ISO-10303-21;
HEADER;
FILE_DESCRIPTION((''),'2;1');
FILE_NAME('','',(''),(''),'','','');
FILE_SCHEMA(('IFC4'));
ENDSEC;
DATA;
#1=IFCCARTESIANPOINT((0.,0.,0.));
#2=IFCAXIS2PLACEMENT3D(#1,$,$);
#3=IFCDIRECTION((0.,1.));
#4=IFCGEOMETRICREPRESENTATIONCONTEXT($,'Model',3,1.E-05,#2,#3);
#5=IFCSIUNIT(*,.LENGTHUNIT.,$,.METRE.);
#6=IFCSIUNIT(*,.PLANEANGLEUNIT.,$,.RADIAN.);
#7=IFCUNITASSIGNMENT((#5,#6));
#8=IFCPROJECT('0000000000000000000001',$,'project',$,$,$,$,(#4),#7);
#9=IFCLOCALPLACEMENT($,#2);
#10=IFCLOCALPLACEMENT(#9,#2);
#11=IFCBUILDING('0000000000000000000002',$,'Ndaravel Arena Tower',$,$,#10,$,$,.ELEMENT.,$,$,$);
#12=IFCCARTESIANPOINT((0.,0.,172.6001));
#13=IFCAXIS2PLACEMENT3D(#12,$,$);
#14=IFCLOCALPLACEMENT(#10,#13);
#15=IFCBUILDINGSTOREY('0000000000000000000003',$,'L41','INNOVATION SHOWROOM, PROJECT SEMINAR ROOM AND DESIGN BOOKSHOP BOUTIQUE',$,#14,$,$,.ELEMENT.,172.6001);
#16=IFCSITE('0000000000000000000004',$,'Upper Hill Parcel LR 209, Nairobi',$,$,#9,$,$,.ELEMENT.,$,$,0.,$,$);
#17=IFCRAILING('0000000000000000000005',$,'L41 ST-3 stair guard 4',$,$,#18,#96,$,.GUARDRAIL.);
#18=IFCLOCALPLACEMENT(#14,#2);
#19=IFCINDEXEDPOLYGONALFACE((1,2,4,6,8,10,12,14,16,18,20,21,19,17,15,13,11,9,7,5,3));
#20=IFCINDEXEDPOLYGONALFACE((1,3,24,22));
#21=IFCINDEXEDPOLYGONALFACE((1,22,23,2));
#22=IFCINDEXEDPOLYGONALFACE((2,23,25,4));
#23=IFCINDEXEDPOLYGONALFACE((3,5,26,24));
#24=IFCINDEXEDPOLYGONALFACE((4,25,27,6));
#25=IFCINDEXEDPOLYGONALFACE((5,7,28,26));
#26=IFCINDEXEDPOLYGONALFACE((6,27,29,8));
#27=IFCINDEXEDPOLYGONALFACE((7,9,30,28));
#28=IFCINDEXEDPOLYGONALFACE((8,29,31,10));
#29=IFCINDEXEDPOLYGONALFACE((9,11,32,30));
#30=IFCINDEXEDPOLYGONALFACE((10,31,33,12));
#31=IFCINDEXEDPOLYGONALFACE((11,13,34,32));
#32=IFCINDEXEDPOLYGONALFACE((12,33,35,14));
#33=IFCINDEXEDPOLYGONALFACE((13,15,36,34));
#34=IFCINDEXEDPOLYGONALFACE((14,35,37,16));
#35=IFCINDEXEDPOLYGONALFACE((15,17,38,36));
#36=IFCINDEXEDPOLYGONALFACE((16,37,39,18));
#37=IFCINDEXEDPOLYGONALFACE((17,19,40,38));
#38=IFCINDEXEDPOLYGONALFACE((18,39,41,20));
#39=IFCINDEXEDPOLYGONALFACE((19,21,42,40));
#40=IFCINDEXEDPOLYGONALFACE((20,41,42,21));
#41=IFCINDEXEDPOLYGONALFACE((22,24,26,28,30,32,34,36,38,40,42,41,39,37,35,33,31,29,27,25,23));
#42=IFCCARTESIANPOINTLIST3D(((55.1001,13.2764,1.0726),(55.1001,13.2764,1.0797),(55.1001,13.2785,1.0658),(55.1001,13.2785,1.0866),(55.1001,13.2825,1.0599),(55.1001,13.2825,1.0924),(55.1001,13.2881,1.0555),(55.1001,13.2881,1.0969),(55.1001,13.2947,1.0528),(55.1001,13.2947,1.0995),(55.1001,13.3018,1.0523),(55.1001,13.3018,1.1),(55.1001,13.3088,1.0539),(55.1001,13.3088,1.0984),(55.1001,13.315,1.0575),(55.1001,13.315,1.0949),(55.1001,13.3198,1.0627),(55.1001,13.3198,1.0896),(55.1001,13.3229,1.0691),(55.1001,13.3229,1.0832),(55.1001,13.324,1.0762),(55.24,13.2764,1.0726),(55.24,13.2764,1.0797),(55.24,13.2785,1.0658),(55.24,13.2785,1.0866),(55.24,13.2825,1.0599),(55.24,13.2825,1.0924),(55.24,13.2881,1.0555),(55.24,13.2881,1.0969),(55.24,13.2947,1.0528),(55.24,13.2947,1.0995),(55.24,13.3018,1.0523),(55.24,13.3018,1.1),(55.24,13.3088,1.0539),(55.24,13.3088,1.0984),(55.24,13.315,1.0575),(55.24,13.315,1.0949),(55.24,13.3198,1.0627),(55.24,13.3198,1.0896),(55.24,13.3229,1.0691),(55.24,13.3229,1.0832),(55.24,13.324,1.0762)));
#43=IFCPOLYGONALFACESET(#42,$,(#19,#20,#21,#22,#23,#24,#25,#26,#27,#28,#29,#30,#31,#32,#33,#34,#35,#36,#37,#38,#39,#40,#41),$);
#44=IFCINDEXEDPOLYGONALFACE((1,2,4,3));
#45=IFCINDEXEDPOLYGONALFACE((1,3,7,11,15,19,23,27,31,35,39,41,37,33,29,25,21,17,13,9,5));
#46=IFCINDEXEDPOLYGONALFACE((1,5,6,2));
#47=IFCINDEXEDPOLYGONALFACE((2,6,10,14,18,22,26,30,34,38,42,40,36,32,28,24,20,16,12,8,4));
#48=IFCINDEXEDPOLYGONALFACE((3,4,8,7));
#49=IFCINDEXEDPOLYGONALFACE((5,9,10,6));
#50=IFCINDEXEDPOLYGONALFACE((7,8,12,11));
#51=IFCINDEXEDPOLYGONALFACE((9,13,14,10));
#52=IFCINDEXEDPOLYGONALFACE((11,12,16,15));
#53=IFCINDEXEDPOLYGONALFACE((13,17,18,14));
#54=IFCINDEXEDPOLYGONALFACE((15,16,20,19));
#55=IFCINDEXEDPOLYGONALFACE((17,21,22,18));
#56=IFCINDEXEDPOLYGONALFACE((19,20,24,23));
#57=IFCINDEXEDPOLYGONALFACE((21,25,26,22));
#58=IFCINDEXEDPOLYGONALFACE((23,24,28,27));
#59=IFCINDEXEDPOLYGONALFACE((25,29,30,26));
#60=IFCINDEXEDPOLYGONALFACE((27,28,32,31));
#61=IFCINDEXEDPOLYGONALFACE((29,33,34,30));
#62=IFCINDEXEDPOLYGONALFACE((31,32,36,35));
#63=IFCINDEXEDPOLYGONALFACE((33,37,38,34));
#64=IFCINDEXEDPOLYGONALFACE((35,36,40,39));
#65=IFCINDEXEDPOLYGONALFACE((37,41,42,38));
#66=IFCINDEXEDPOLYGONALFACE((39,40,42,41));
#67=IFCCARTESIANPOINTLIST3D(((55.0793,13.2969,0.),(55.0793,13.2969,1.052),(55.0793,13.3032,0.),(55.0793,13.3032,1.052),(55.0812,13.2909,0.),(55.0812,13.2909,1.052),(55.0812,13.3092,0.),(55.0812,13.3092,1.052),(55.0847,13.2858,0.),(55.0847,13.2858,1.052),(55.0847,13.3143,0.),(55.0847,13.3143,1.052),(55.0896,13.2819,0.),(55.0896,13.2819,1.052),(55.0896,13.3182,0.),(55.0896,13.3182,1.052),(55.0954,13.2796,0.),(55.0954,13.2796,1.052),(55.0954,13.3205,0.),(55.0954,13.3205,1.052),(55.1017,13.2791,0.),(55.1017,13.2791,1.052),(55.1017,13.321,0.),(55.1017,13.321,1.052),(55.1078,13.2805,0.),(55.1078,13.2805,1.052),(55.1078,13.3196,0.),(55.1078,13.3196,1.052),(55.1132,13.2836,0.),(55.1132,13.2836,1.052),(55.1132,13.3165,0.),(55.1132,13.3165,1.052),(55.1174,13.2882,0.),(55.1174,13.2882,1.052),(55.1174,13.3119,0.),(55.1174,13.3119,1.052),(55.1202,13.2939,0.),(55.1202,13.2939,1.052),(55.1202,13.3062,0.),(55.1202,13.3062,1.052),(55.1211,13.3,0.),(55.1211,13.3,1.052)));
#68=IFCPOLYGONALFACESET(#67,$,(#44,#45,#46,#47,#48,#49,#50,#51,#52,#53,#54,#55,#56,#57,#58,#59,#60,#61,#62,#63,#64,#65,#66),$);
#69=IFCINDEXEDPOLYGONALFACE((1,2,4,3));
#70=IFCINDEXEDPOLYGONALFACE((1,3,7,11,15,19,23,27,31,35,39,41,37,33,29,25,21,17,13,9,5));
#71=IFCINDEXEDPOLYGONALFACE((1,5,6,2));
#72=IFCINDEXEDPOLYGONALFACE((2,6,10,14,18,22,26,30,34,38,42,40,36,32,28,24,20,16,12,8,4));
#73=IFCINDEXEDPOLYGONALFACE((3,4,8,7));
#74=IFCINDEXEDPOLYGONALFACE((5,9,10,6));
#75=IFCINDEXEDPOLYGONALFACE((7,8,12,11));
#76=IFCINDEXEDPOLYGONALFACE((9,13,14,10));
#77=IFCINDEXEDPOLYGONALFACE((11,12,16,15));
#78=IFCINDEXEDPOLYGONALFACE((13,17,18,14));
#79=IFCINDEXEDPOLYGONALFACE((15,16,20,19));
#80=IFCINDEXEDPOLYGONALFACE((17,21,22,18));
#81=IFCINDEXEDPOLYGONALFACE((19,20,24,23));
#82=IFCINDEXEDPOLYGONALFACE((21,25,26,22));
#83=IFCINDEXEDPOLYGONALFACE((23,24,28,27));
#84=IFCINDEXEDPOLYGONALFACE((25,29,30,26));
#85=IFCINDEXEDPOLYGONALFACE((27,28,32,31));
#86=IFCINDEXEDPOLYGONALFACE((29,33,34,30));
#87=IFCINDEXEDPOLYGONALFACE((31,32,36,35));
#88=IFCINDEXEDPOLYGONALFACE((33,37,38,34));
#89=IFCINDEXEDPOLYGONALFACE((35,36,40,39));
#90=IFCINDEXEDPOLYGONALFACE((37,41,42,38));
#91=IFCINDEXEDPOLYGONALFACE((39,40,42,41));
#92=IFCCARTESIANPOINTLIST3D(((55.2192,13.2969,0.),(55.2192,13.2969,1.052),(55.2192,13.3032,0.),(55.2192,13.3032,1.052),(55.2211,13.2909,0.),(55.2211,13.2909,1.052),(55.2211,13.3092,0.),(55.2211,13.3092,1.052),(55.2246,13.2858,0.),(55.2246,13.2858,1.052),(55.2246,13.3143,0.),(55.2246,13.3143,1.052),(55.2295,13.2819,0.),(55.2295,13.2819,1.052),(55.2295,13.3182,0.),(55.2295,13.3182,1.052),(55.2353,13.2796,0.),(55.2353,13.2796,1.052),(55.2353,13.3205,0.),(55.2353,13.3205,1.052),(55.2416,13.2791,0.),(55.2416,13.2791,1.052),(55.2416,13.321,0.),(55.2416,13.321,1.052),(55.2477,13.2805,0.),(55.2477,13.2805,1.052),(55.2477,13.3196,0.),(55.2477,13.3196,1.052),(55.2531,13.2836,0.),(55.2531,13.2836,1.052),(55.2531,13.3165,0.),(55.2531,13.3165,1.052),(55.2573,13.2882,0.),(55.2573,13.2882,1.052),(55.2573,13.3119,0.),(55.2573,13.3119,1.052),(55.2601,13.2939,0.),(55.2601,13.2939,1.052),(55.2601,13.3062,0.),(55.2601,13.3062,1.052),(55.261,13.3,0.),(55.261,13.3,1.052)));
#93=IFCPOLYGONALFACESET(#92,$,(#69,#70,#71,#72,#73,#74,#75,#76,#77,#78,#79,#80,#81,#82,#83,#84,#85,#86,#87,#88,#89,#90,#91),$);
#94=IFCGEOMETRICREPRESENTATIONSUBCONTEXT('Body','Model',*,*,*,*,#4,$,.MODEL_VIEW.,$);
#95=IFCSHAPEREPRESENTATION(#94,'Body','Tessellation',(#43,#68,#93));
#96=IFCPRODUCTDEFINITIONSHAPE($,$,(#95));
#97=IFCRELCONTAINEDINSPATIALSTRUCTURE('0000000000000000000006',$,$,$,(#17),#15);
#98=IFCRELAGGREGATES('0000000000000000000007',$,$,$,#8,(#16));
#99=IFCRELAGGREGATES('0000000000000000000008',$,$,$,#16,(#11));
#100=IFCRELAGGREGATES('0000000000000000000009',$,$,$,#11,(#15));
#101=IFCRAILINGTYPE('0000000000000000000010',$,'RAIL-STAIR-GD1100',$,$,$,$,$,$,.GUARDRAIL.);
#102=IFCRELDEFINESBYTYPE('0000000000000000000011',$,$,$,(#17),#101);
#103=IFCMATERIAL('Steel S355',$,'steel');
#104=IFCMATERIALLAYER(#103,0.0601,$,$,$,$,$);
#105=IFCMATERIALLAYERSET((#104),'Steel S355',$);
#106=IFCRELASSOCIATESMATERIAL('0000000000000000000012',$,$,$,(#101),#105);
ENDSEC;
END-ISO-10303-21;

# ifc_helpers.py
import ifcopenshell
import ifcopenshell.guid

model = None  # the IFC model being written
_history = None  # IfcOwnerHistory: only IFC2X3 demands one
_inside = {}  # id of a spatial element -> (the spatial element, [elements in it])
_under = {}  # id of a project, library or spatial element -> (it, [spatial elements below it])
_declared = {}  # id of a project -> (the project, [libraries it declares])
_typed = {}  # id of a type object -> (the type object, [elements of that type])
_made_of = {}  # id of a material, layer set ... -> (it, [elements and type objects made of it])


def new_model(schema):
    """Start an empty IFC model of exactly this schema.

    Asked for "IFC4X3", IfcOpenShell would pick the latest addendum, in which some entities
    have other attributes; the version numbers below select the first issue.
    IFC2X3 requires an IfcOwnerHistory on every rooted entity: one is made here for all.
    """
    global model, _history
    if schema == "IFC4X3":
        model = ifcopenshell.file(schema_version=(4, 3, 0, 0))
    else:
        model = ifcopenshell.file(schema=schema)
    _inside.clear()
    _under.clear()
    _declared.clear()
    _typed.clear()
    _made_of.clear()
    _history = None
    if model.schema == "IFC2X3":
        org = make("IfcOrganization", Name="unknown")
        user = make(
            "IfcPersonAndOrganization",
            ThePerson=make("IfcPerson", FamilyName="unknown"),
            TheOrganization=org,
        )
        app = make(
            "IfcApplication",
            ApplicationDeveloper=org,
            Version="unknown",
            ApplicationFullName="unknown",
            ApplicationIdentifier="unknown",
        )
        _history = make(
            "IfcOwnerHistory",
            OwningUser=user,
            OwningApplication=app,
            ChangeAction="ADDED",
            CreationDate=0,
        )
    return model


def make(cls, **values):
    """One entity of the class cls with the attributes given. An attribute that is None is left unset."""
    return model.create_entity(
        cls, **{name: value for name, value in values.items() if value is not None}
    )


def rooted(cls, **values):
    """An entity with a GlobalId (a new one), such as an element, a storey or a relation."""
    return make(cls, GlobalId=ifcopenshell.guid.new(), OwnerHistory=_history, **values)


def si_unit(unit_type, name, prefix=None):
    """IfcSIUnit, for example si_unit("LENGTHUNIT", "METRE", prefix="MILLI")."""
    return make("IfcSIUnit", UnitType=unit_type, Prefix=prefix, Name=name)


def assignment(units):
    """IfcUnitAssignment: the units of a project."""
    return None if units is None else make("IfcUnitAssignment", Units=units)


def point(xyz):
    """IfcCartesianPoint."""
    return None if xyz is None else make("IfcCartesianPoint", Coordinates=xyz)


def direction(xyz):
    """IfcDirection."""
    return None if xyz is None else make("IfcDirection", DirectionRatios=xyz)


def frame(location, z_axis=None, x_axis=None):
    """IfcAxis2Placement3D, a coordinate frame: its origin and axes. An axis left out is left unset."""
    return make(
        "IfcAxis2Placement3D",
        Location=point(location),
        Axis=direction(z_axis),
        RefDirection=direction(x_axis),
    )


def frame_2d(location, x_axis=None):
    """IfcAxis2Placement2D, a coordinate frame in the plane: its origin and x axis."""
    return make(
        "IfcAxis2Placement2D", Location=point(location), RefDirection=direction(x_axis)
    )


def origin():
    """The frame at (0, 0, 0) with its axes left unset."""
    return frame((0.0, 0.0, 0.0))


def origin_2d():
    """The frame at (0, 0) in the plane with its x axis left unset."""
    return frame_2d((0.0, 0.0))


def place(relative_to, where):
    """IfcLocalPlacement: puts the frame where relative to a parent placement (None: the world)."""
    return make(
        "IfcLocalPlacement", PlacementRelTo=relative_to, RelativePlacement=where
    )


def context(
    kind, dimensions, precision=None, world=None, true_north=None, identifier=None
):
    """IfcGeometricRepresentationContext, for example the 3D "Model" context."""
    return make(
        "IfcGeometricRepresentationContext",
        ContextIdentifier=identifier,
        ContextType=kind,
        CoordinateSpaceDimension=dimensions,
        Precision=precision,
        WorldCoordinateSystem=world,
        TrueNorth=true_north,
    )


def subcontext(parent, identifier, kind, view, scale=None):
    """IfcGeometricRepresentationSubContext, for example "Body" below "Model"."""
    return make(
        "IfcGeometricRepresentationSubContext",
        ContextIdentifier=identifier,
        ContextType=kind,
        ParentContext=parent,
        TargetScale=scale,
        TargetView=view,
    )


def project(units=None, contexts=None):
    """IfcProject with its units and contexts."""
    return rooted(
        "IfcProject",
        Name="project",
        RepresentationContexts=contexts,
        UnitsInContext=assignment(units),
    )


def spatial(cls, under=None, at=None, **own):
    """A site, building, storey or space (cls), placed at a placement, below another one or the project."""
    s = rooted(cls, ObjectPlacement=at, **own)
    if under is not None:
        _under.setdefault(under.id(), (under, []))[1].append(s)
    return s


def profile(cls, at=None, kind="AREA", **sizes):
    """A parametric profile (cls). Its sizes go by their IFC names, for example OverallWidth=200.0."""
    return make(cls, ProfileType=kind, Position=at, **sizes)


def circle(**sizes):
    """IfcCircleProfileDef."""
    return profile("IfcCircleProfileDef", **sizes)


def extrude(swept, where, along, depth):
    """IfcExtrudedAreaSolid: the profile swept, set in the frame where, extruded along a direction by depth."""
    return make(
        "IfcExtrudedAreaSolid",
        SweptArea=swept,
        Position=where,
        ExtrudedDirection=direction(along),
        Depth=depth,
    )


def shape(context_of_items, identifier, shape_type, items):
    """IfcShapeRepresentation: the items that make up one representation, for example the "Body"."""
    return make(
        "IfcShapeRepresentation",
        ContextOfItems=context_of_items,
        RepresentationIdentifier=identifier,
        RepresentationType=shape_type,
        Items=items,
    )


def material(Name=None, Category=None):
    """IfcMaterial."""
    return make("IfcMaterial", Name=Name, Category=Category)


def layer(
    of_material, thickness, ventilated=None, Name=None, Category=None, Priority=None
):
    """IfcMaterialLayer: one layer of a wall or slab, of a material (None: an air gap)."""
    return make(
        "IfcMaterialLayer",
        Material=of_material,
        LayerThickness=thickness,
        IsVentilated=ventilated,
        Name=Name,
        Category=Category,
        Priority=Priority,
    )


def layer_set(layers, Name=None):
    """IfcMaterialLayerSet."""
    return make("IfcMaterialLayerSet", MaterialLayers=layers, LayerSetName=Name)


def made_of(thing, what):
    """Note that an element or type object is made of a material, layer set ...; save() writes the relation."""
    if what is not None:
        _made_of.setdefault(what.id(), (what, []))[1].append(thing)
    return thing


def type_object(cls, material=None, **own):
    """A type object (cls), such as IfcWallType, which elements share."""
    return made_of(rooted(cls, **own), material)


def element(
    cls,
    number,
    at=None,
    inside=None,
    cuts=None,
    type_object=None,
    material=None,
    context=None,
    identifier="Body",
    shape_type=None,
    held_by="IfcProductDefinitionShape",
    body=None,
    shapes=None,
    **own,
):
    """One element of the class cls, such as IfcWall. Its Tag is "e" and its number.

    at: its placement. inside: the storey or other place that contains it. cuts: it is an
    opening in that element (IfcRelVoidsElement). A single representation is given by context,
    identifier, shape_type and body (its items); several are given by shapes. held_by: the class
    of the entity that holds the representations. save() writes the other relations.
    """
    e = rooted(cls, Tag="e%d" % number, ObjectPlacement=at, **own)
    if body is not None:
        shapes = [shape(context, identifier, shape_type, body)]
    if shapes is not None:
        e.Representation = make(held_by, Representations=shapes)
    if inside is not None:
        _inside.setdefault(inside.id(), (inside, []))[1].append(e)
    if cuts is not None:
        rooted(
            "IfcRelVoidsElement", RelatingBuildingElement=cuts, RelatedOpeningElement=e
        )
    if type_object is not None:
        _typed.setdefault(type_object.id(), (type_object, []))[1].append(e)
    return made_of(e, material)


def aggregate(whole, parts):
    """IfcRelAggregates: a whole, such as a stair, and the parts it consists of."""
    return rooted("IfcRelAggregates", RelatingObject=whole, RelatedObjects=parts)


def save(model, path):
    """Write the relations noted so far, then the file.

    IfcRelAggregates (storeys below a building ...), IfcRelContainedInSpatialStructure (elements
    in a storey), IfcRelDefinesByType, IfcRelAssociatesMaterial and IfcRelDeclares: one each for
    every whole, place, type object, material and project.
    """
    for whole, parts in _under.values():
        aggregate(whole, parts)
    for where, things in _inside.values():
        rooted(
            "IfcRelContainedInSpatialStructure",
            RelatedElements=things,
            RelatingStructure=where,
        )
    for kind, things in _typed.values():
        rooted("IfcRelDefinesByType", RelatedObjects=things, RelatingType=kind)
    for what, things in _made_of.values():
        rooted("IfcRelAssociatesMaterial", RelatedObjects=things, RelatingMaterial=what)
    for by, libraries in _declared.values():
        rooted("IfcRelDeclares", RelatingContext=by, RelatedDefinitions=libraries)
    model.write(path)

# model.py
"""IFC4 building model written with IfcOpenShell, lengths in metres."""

from ifc_helpers import new_model, si_unit, direction, frame, origin, origin_2d, place, context, subcontext, project, spatial, circle, extrude, material, layer, layer_set, type_object, element, save


model = new_model("IFC4")

# Units and contexts
model_context = context("Model", 3, precision=1e-05, world=origin(), true_north=direction((0.0, 1.0)))
body_context = subcontext(model_context, "Body", "Model", "MODEL_VIEW")
ifc_project = project(units=[si_unit("LENGTHUNIT", "METRE"), si_unit("PLANEANGLEUNIT", "RADIAN")], contexts=[model_context])

# Site, building, storey
site_placement = place(None, origin())
site = spatial("IfcSite", under=ifc_project, at=site_placement, Name="Upper Hill Parcel LR 209, Nairobi", CompositionType="ELEMENT", RefElevation=0.0)
building_placement = place(site_placement, origin())
building = spatial("IfcBuilding", under=site, at=building_placement, Name="Ndaravel Arena Tower", CompositionType="ELEMENT")
storey_placement = place(building_placement, frame((0.0, 0.0, 172.6001)))
storey = spatial("IfcBuildingStorey", under=building, at=storey_placement, Name="L41", Description="INNOVATION SHOWROOM, PROJECT SEMINAR ROOM AND DESIGN BOOKSHOP BOUTIQUE", CompositionType="ELEMENT", Elevation=172.6001)

# Railing
ifc_material_1 = material(Name="Steel S355", Category="steel")
ifc_layer_1 = layer(ifc_material_1, 0.0601)
ifc_layer_set_1 = layer_set([ifc_layer_1], Name="Steel S355")
railing_type_1 = type_object("IfcRailingType", Name="RAIL-STAIR-GD1100", PredefinedType="GUARDRAIL", material=ifc_layer_set_1)
railing_1_placement = place(storey_placement, frame((55.1001, 13.3, 0.0)))
element("IfcRailing", 1, at=railing_1_placement, inside=storey, type_object=railing_type_1, Name="L41 ST-3 stair guard 4", PredefinedType="GUARDRAIL", context=body_context, shape_type="SweptSolid", body=[
    extrude(circle(Radius=0.0239, at=origin_2d()), frame((0.0, 0.0, 1.0762), z_axis=(1.0, 0.0, 0.0), x_axis=(0.0, 1.0, 0.0)), (0.0, 0.0, 1.0), 0.1399),
    extrude(circle(Radius=0.021, at=origin_2d()), origin(), (0.0, 0.0, 1.0), 1.052),
    extrude(circle(Radius=0.021, at=origin_2d()), frame((0.1399, 0.0, 0.0)), (0.0, 0.0, 1.0), 1.052),
])

save(model, "model.ifc")
